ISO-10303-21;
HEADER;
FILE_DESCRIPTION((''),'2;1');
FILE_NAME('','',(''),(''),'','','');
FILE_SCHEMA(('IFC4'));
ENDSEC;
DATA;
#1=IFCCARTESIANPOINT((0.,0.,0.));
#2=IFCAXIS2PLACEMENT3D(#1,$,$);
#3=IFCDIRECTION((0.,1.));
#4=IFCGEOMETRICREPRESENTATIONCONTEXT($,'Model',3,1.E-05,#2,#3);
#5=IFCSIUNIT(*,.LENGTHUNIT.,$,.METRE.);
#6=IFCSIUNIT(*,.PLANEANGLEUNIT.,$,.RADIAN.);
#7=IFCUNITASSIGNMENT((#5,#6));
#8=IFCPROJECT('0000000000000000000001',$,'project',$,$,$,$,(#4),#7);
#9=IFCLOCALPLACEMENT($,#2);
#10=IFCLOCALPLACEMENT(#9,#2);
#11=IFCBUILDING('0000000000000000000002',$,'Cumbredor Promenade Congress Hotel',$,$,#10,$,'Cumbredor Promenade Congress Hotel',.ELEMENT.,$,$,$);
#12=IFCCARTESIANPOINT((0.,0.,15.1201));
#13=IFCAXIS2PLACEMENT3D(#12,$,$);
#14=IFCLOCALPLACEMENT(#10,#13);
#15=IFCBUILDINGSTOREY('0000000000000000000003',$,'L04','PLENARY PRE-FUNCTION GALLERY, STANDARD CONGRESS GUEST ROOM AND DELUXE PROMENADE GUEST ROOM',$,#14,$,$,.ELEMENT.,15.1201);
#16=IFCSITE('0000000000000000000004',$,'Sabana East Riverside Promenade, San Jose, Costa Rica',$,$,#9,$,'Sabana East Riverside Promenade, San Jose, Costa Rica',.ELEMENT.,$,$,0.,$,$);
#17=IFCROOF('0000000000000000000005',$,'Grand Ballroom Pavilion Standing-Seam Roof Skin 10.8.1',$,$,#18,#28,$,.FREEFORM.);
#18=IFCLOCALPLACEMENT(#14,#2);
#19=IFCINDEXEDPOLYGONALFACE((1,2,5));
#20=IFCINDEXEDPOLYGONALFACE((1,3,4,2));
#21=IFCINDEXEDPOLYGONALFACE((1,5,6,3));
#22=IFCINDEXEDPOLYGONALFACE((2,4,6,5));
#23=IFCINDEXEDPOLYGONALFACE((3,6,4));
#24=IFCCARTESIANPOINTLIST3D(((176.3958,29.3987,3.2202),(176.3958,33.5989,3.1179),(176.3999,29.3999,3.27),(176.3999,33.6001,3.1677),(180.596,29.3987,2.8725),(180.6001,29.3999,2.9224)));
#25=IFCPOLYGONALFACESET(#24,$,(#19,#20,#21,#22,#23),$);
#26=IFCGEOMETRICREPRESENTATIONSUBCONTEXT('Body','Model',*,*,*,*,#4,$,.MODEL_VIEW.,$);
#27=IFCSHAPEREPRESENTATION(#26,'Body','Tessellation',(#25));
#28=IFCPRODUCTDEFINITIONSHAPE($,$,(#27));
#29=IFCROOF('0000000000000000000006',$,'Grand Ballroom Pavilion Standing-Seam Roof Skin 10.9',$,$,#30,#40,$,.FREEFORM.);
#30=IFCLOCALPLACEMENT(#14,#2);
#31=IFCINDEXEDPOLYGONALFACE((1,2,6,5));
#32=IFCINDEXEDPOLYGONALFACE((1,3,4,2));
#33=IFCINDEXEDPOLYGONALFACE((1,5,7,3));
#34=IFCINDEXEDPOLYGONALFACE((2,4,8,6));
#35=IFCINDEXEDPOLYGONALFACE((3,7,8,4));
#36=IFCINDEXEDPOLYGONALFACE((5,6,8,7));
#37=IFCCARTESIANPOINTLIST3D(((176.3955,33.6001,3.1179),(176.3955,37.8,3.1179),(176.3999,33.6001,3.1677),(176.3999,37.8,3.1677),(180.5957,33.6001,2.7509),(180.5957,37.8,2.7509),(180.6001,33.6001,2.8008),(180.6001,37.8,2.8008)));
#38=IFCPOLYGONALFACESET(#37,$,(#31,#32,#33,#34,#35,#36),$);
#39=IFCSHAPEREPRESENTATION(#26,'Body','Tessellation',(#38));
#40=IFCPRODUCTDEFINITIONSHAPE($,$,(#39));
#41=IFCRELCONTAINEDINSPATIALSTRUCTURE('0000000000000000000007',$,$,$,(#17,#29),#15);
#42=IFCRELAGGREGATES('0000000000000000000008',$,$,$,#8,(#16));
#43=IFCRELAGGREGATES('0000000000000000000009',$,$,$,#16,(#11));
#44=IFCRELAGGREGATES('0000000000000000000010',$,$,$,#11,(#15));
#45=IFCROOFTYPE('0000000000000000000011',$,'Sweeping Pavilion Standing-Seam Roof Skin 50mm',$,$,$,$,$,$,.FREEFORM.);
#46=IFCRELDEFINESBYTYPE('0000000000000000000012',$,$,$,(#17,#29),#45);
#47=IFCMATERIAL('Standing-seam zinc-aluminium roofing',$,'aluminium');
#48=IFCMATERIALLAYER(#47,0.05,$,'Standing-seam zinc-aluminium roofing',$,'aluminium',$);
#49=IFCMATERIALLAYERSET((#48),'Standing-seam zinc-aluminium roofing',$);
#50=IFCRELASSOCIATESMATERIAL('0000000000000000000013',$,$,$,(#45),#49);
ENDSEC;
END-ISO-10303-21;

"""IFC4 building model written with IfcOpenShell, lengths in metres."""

from ifc_helpers import new_model, si_unit, direction, frame, origin, place, context, subcontext, project, spatial, polyline, outline, extrude, material, layer, layer_set, type_object, element, save


model = new_model("IFC4")

# Units and contexts
model_context = context("Model", 3, precision=1e-05, world=origin(), true_north=direction((0.0, 1.0)))
body_context = subcontext(model_context, "Body", "Model", "MODEL_VIEW")
ifc_project = project(units=[si_unit("LENGTHUNIT", "METRE"), si_unit("PLANEANGLEUNIT", "RADIAN")], contexts=[model_context])

# Site, building, storey
site_placement = place(None, origin())
site = spatial("IfcSite", under=ifc_project, at=site_placement, Name="Sabana East Riverside Promenade, San Jose, Costa Rica", LongName="Sabana East Riverside Promenade, San Jose, Costa Rica", CompositionType="ELEMENT", RefElevation=0.0)
building_placement = place(site_placement, origin())
building = spatial("IfcBuilding", under=site, at=building_placement, Name="Cumbredor Promenade Congress Hotel", LongName="Cumbredor Promenade Congress Hotel", CompositionType="ELEMENT")
storey_placement = place(building_placement, frame((0.0, 0.0, 15.1201)))
storey = spatial("IfcBuildingStorey", under=building, at=storey_placement, Name="L04", Description="PLENARY PRE-FUNCTION GALLERY, STANDARD CONGRESS GUEST ROOM AND DELUXE PROMENADE GUEST ROOM", CompositionType="ELEMENT", Elevation=15.1201)

# Roofs
ifc_material_1 = material(Name="Standing-seam zinc-aluminium roofing", Category="aluminium")
ifc_layer_1 = layer(ifc_material_1, 0.05, Name="Standing-seam zinc-aluminium roofing", Category="aluminium")
ifc_layer_set_1 = layer_set([ifc_layer_1], Name="Standing-seam zinc-aluminium roofing")
roof_type = type_object("IfcRoofType", Name="Sweeping Pavilion Standing-Seam Roof Skin 50mm", PredefinedType="FREEFORM", material=ifc_layer_set_1)
roof_1_placement = place(storey_placement, frame((176.3999, 29.3999, 3.27), z_axis=(0.082465, 0.024265, 0.996299), x_axis=(0.996592, 0.0, -0.082489)))
element("IfcRoof", 1, at=roof_1_placement, inside=storey, type_object=roof_type, Name="Grand Ballroom Pavilion Standing-Seam Roof Skin 10.8.1", PredefinedType="FREEFORM", context=body_context, shape_type="SweptSolid", body=[
    extrude(outline(polyline([(0.0, 0.0), (4.2146, 0.0), (0.0084, 4.2014), (0.0, 0.0)])), origin(), (0.0, 0.0, -1.0), 0.05),
])
roof_2_placement = place(storey_placement, frame((176.3999, 33.6001, 3.1677), z_axis=(0.087032, 0.0, 0.996206), x_axis=(0.996206, 0.0, -0.087032)))
element("IfcRoof", 2, at=roof_2_placement, inside=storey, type_object=roof_type, Name="Grand Ballroom Pavilion Standing-Seam Roof Skin 10.9", PredefinedType="FREEFORM", context=body_context, shape_type="SweptSolid", body=[
    extrude(outline(polyline([(0.0, 0.0), (4.2162, 0.0), (4.2162, 4.2), (0.0, 4.2), (0.0, 0.0)])), origin(), (0.0, 0.0, -1.0), 0.05),
])

save(model, "model.ifc")
